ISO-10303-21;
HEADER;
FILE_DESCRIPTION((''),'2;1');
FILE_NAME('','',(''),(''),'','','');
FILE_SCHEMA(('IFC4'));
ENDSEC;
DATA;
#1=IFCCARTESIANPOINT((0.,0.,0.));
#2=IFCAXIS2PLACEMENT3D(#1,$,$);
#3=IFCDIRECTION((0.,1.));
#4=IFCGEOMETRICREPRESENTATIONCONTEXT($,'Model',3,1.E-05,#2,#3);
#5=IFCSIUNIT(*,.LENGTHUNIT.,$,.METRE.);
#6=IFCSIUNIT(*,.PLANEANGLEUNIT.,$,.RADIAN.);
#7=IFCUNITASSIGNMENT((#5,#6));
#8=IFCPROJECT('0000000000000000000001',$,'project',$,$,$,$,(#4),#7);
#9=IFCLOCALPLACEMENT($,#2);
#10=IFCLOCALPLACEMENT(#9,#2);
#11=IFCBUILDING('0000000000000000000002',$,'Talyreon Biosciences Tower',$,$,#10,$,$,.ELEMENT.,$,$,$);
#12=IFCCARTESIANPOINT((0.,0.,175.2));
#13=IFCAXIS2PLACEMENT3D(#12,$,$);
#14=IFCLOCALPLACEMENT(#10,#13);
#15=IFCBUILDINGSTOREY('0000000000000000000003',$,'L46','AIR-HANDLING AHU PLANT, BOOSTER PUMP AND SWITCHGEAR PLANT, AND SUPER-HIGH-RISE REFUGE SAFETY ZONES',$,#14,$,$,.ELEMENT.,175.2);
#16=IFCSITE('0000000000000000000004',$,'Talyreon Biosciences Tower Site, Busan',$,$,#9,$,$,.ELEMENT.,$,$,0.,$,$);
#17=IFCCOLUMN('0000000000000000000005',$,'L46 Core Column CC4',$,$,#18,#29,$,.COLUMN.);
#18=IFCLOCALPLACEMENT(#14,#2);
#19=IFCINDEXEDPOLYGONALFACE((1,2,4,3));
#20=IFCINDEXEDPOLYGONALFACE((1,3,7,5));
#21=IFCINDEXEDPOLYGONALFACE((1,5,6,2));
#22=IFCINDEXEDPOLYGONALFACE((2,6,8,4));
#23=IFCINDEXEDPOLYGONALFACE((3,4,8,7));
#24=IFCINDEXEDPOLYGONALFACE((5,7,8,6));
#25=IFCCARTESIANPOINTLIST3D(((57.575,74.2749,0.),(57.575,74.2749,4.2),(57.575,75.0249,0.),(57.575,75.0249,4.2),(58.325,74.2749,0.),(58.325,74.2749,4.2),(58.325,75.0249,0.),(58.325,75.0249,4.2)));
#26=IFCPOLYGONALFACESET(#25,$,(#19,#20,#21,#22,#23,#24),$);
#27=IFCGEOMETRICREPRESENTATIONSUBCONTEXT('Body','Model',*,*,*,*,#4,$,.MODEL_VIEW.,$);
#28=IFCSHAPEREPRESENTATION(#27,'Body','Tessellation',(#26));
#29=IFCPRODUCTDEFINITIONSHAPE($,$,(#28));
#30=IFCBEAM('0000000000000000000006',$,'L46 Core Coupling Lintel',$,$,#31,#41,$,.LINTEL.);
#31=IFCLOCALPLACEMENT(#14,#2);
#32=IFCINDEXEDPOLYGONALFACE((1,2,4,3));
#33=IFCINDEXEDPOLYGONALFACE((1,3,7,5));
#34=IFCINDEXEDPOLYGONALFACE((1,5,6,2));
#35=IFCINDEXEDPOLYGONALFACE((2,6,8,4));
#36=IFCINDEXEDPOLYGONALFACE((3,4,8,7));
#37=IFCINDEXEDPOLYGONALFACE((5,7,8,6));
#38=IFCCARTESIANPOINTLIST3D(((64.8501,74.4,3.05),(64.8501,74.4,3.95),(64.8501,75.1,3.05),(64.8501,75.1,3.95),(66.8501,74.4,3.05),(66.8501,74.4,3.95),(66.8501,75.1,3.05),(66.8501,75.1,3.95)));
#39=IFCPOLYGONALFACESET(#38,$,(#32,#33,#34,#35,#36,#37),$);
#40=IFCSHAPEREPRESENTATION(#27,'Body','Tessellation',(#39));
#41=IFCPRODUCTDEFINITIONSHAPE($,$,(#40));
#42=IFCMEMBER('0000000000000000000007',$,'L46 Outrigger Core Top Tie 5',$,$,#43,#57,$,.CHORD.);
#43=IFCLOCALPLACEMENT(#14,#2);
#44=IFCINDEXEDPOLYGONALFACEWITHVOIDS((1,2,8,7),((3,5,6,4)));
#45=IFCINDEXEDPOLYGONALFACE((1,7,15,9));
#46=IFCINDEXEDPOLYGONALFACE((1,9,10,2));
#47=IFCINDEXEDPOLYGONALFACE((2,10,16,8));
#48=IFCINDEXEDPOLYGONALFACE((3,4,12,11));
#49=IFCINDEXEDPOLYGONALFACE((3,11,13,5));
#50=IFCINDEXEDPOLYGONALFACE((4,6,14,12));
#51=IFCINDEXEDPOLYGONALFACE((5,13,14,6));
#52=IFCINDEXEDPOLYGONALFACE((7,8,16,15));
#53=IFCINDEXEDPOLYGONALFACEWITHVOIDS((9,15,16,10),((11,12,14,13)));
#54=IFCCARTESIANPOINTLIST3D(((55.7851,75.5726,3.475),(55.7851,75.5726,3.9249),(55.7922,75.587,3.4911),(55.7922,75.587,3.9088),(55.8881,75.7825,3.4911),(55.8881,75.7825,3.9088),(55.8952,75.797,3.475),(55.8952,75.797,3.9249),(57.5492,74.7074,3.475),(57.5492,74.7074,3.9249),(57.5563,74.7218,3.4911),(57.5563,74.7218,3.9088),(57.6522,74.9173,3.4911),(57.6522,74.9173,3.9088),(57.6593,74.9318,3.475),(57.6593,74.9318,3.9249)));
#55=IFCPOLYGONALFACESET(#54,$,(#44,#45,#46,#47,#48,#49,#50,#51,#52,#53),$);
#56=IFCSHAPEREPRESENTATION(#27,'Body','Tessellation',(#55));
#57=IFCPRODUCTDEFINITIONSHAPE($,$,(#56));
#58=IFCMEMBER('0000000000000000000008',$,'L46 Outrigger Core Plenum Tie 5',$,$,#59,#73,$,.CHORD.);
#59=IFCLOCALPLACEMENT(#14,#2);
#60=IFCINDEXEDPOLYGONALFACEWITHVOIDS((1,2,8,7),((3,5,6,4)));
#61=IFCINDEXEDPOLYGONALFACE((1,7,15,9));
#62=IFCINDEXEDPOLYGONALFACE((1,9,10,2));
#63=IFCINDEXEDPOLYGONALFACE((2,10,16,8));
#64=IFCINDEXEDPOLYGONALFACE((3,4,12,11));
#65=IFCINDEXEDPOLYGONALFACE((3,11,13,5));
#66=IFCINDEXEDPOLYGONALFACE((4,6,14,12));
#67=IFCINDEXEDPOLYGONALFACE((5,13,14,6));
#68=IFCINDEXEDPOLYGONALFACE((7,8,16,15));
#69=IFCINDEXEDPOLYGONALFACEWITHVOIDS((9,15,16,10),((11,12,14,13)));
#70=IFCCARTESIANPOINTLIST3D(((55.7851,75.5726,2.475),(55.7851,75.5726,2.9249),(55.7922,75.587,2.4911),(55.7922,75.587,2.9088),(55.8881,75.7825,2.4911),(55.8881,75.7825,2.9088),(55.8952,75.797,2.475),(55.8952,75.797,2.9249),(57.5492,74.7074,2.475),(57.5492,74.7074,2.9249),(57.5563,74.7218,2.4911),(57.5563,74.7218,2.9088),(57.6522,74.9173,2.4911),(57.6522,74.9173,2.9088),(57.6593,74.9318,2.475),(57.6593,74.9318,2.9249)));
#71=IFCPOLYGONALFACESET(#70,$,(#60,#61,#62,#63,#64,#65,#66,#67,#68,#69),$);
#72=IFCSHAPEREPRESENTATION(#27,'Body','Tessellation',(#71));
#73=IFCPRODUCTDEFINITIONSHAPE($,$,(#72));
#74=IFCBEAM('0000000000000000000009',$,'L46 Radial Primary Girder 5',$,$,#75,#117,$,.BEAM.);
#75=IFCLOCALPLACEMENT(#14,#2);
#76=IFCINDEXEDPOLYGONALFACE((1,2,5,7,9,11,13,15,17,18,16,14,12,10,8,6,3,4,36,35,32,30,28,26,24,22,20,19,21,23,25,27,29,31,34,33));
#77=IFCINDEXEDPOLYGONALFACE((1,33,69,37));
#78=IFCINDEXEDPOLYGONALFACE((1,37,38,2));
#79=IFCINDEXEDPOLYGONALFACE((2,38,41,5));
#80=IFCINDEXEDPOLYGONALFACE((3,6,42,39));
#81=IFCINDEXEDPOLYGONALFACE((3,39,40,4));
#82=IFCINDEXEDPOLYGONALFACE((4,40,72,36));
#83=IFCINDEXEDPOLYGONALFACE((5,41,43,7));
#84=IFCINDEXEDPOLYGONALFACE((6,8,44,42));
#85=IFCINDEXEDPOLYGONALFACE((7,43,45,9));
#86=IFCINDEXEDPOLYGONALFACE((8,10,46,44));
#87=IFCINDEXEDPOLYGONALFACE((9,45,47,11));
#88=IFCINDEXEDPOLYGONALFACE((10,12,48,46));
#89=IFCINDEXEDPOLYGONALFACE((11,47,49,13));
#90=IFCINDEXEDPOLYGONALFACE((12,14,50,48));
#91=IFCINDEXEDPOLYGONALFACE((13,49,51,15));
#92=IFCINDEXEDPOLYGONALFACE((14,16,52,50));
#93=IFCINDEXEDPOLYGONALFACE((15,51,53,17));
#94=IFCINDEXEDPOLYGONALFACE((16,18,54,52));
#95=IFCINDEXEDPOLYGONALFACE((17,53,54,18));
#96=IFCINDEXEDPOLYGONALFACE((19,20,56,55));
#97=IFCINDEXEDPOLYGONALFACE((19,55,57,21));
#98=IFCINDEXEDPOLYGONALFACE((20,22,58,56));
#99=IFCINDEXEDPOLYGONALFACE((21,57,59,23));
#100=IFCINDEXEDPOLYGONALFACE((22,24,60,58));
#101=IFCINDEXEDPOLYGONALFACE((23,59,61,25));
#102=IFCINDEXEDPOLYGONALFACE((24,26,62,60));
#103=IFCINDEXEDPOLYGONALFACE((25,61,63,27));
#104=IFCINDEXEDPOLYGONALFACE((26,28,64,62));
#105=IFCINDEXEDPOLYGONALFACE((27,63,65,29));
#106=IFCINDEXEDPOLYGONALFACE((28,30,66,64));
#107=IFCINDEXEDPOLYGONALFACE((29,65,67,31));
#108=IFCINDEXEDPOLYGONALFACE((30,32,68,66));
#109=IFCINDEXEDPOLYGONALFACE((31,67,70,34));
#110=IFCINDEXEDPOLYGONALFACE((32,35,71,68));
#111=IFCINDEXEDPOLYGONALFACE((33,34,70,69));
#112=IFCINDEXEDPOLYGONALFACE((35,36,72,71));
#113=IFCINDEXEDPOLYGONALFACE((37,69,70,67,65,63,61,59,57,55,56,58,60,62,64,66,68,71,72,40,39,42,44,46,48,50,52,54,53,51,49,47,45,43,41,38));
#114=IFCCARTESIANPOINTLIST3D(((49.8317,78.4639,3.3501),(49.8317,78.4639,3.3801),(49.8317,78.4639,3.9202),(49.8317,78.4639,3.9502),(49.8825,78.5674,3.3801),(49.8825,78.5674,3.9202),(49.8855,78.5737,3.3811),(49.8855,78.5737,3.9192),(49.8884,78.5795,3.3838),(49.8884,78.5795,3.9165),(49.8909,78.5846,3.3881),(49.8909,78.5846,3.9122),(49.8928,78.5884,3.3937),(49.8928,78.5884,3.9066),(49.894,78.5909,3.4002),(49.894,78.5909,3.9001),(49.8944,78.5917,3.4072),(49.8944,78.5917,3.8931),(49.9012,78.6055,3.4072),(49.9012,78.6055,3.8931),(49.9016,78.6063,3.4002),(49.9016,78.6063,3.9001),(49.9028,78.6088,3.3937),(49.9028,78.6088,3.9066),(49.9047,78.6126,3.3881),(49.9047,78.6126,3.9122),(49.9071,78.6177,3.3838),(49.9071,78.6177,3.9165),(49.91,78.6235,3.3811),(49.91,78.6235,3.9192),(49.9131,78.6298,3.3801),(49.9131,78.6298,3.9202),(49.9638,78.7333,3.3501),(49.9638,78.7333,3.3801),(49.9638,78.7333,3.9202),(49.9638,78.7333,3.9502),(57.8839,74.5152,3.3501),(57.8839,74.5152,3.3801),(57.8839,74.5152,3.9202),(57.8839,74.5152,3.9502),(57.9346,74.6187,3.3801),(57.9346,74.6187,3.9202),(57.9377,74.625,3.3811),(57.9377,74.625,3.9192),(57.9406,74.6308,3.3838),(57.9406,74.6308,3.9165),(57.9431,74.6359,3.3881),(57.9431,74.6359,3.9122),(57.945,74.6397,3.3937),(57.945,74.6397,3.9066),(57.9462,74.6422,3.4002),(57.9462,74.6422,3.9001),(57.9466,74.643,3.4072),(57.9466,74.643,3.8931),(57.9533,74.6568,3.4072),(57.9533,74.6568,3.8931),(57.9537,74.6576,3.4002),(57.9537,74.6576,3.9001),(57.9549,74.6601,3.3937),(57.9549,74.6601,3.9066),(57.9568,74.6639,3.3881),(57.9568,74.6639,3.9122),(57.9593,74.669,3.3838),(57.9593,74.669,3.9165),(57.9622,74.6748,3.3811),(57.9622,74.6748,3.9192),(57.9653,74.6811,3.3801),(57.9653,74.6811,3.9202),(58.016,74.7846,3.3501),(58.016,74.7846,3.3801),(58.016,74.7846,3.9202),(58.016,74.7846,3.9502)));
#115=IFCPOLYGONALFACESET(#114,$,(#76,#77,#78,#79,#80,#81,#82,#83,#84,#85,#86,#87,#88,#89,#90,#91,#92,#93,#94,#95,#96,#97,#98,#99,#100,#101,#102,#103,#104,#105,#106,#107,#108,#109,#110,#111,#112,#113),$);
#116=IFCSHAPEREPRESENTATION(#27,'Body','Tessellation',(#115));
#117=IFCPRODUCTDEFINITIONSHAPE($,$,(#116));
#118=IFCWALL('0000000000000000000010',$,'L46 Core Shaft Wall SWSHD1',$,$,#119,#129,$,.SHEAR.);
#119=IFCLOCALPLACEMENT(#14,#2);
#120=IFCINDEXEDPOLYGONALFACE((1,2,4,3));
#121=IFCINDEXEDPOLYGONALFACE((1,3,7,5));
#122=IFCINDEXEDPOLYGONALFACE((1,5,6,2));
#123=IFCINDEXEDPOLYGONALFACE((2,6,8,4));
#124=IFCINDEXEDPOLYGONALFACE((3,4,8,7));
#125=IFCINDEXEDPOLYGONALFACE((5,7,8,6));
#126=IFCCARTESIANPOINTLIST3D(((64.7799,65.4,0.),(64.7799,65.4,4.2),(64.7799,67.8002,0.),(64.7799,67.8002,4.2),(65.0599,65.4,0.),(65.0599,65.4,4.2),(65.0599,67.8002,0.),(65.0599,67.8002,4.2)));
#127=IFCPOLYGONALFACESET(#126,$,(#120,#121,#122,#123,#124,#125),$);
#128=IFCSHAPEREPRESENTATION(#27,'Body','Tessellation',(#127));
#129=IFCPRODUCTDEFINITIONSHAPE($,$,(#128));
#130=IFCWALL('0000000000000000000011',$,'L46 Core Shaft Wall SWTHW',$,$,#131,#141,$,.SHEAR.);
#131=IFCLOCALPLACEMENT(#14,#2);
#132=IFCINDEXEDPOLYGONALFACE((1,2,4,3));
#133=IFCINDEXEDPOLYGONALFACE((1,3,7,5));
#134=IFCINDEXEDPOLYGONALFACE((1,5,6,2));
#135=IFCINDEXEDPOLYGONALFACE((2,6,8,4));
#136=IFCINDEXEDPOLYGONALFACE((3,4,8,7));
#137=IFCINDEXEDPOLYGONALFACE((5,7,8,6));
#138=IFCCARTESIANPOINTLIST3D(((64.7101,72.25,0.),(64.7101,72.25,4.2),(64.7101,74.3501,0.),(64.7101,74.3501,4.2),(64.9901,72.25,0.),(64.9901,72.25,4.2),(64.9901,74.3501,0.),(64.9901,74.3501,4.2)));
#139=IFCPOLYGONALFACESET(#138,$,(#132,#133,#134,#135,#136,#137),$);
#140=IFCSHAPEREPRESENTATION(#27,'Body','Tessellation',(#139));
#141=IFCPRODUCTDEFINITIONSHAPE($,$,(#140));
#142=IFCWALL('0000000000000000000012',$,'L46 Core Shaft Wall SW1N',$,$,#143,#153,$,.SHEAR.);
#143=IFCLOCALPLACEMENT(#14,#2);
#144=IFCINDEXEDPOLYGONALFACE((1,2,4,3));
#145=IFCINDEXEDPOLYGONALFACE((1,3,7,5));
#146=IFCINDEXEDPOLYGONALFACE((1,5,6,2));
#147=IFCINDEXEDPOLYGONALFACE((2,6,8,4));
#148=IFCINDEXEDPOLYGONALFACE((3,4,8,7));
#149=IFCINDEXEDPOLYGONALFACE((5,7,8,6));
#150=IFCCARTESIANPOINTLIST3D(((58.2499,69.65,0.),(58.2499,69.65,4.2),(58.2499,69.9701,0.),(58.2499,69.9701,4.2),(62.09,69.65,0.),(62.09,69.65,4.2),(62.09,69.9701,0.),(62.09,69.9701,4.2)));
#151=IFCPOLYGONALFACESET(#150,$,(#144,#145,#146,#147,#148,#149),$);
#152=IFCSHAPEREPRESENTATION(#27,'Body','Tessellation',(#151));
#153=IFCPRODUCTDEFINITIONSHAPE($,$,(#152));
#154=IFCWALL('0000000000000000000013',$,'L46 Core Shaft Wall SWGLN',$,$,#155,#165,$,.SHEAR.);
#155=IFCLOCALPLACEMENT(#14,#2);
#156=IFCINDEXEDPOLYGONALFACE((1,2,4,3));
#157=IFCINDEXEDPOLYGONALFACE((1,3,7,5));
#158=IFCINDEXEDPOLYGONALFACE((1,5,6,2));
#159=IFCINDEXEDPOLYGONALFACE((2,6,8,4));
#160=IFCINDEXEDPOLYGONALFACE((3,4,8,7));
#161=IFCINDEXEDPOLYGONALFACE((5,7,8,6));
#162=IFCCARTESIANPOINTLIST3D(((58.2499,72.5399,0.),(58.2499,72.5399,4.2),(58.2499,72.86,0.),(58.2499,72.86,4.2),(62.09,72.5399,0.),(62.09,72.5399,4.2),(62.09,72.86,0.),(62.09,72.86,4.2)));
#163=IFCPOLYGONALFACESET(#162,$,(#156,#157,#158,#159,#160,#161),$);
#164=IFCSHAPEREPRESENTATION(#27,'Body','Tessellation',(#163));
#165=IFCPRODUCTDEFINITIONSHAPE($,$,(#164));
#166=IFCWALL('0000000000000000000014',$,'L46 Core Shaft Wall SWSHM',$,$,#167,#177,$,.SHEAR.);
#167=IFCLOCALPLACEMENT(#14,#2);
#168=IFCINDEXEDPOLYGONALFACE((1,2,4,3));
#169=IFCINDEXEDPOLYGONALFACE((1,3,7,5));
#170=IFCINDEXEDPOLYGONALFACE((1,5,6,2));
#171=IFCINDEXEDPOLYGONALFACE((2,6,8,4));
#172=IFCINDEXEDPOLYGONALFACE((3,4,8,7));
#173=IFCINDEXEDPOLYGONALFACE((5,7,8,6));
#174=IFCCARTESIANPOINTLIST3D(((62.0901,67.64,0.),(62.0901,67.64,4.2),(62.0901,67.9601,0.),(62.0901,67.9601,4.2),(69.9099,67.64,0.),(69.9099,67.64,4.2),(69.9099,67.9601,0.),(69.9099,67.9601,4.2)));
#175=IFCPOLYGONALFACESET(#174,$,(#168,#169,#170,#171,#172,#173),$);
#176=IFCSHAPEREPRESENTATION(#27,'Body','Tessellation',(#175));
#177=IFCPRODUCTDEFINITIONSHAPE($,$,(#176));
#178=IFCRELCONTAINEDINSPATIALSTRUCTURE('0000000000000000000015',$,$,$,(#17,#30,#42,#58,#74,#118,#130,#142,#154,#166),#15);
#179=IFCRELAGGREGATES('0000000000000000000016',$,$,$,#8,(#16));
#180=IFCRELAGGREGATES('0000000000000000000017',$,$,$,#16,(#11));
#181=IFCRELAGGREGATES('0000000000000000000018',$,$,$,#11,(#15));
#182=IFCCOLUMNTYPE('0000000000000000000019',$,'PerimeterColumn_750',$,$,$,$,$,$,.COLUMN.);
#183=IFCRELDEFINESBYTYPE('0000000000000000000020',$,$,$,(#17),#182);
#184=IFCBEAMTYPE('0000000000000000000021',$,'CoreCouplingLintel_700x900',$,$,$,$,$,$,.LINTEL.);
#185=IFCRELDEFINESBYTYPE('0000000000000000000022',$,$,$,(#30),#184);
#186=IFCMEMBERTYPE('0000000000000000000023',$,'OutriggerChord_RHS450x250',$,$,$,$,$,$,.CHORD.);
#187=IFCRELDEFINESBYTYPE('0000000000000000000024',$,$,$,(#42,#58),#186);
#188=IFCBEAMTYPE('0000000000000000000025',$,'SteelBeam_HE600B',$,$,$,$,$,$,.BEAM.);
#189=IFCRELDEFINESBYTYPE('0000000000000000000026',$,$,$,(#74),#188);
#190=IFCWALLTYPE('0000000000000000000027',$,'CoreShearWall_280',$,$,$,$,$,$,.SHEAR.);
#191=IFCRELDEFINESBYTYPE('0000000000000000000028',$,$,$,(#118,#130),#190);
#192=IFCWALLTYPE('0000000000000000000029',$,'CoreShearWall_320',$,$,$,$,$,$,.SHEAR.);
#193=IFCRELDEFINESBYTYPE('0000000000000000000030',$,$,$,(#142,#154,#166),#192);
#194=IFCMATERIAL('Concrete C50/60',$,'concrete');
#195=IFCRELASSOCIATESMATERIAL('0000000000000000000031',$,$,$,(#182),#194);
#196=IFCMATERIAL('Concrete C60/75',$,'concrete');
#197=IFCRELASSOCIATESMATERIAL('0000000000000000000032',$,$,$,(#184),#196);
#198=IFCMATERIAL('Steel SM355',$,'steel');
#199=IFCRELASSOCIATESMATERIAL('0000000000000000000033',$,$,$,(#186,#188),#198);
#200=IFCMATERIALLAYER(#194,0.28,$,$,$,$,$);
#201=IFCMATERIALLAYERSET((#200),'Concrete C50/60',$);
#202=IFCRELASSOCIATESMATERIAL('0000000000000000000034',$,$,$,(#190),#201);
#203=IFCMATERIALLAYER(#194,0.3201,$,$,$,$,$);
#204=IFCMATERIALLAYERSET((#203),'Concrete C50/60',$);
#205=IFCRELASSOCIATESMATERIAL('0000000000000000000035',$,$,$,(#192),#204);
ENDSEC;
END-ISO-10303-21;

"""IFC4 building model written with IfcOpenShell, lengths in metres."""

from ifc_helpers import new_model, si_unit, direction, frame, frame_2d, origin, origin_2d, place, context, subcontext, project, spatial, rectangle, hollow_rectangle, i_section, extrude, material, layer, layer_set, material_profile, profile_set, type_object, element, save


model = new_model("IFC4")

# Units and contexts
model_context = context("Model", 3, precision=1e-05, world=origin(), true_north=direction((0.0, 1.0)))
body_context = subcontext(model_context, "Body", "Model", "MODEL_VIEW")
ifc_project = project(units=[si_unit("LENGTHUNIT", "METRE"), si_unit("PLANEANGLEUNIT", "RADIAN")], contexts=[model_context])

# Site, building, storey
site_placement = place(None, origin())
site = spatial("IfcSite", under=ifc_project, at=site_placement, Name="Talyreon Biosciences Tower Site, Busan", CompositionType="ELEMENT", RefElevation=0.0)
building_placement = place(site_placement, origin())
building = spatial("IfcBuilding", under=site, at=building_placement, Name="Talyreon Biosciences Tower", CompositionType="ELEMENT")
storey_placement = place(building_placement, frame((0.0, 0.0, 175.2)))
storey = spatial("IfcBuildingStorey", under=building, at=storey_placement, Name="L46", Description="AIR-HANDLING AHU PLANT, BOOSTER PUMP AND SWITCHGEAR PLANT, AND SUPER-HIGH-RISE REFUGE SAFETY ZONES", CompositionType="ELEMENT", Elevation=175.2)

# Column
ifc_material_1 = material(Name="Concrete C50/60", Category="concrete")
ifc_material_profile_1 = material_profile(ifc_material_1, rectangle(XDim=0.75, YDim=0.75, at=origin_2d()), Name="RC 750x750")
ifc_profile_set_1 = profile_set([ifc_material_profile_1], Name="Concrete C50/60")
column_type = type_object("IfcColumnType", Name="PerimeterColumn_750", PredefinedType="COLUMN", material=ifc_profile_set_1)
column_placement = place(storey_placement, frame((57.95, 74.6499, 0.0), z_axis=(0.0, 0.0, 1.0), x_axis=(1.0, 0.0, 0.0)))
element("IfcColumn", 1, at=column_placement, inside=storey, type_object=column_type, Name="L46 Core Column CC4", PredefinedType="COLUMN", context=body_context, shape_type="SweptSolid", body=[
    extrude(rectangle(XDim=0.75, YDim=0.75, at=origin_2d()), origin(), (0.0, 0.0, 1.0), 4.2),
])

# Beam
ifc_material_2 = material(Name="Concrete C60/75", Category="concrete")
ifc_material_profile_2 = material_profile(ifc_material_2, rectangle(XDim=0.7, YDim=0.8999, at=origin_2d()), Name="RCB 700x900")
ifc_profile_set_2 = profile_set([ifc_material_profile_2], Name="Concrete C60/75")
beam_type_1 = type_object("IfcBeamType", Name="CoreCouplingLintel_700x900", PredefinedType="LINTEL", material=ifc_profile_set_2)
beam_1_placement = place(storey_placement, frame((64.8501, 74.75, 3.5), z_axis=(1.0, 0.0, 0.0), x_axis=(0.0, 1.0, 0.0)))
element("IfcBeam", 2, at=beam_1_placement, inside=storey, type_object=beam_type_1, Name="L46 Core Coupling Lintel", PredefinedType="LINTEL", context=body_context, shape_type="SweptSolid", body=[
    extrude(rectangle(XDim=0.7, YDim=0.8999, at=origin_2d()), origin(), (0.0, 0.0, 1.0), 2.0),
])

# Members
ifc_material_3 = material(Name="Steel SM355", Category="steel")
ifc_material_profile_3 = material_profile(ifc_material_3, hollow_rectangle(XDim=0.25, YDim=0.45, WallThickness=0.0161, at=origin_2d()), Name="RHS 450x250x16")
ifc_profile_set_3 = profile_set([ifc_material_profile_3], Name="Steel SM355")
member_type = type_object("IfcMemberType", Name="OutriggerChord_RHS450x250", PredefinedType="CHORD", material=ifc_profile_set_3)
for number, where, z_axis, x_axis, name in (
    (3, (57.6042, 74.8196, 3.7), (-0.89783, 0.440342, 0.0), (-0.440342, -0.89783, 0.0), "L46 Outrigger Core Top Tie 5"),
    (4, (57.6042, 74.8196, 2.7), (-0.89783, 0.440342, 0.0), (-0.440342, -0.89783, 0.0), "L46 Outrigger Core Plenum Tie 5"),
):
    element("IfcMember", number, at=place(storey_placement, frame(where, z_axis=z_axis, x_axis=x_axis)), inside=storey, type_object=member_type, Name=name, PredefinedType="CHORD", context=body_context, shape_type="SweptSolid", body=[
        extrude(hollow_rectangle(XDim=0.25, YDim=0.45, WallThickness=0.0161, at=origin_2d()), origin(), (0.0, 0.0, 1.0), 1.9648),
    ])

# Beam
ifc_material_profile_4 = material_profile(ifc_material_3, i_section(OverallWidth=0.3, OverallDepth=0.6001, WebThickness=0.0154, FlangeThickness=0.03, FilletRadius=0.0271, at=origin_2d()), Name="HE600B")
ifc_profile_set_4 = profile_set([ifc_material_profile_4], Name="Steel SM355")
beam_type_2 = type_object("IfcBeamType", Name="SteelBeam_HE600B", PredefinedType="BEAM", material=ifc_profile_set_4)
beam_2_placement = place(storey_placement, frame((57.95, 74.6499, 3.6501), z_axis=(-0.897852, 0.440297, 0.0), x_axis=(-0.440297, -0.897852, 0.0)))
element("IfcBeam", 5, at=beam_2_placement, inside=storey, type_object=beam_type_2, Name="L46 Radial Primary Girder 5", PredefinedType="BEAM", context=body_context, shape_type="SweptSolid", body=[
    extrude(i_section(OverallWidth=0.3, OverallDepth=0.6001, WebThickness=0.0154, FlangeThickness=0.03, FilletRadius=0.0271, at=origin_2d()), origin(), (0.0, 0.0, 1.0), 8.9683),
])

# Walls
ifc_layer_1 = layer(ifc_material_1, 0.28)
ifc_layer_set_1 = layer_set([ifc_layer_1], Name="Concrete C50/60")
wall_type_1 = type_object("IfcWallType", Name="CoreShearWall_280", PredefinedType="SHEAR", material=ifc_layer_set_1)
wall_1_placement = place(storey_placement, frame((64.9199, 65.3999, 0.0), z_axis=(0.0, 0.0, 1.0), x_axis=(0.0, 1.0, 0.0)))
element("IfcWall", 6, at=wall_1_placement, inside=storey, type_object=wall_type_1, Name="L46 Core Shaft Wall SWSHD1", PredefinedType="SHEAR", context=body_context, shape_type="SweptSolid", body=[
    extrude(rectangle(XDim=2.4001, YDim=0.28, at=frame_2d((1.2002, 0.0))), origin(), (0.0, 0.0, 1.0), 4.2),
])
wall_2_placement = place(storey_placement, frame((64.8501, 72.25, 0.0), z_axis=(0.0, 0.0, 1.0), x_axis=(0.0, 1.0, 0.0)))
element("IfcWall", 7, at=wall_2_placement, inside=storey, type_object=wall_type_1, Name="L46 Core Shaft Wall SWTHW", PredefinedType="SHEAR", context=body_context, shape_type="SweptSolid", body=[
    extrude(rectangle(XDim=2.1001, YDim=0.28, at=frame_2d((1.05, 0.0))), origin(), (0.0, 0.0, 1.0), 4.2),
])
ifc_layer_2 = layer(ifc_material_1, 0.3201)
ifc_layer_set_2 = layer_set([ifc_layer_2], Name="Concrete C50/60")
wall_type_2 = type_object("IfcWallType", Name="CoreShearWall_320", PredefinedType="SHEAR", material=ifc_layer_set_2)
for number, where, z_axis, x_axis, name in (
    (8, (58.25, 69.8101, 0.0), (0.0, 0.0, 1.0), (1.0, 0.0, 0.0), "L46 Core Shaft Wall SW1N"),
    (9, (58.25, 72.7, 0.0), (0.0, 0.0, 1.0), (1.0, 0.0, 0.0), "L46 Core Shaft Wall SWGLN"),
):
    element("IfcWall", number, at=place(storey_placement, frame(where, z_axis=z_axis, x_axis=x_axis)), inside=storey, type_object=wall_type_2, Name=name, PredefinedType="SHEAR", context=body_context, shape_type="SweptSolid", body=[
        extrude(rectangle(XDim=3.8401, YDim=0.3201, at=frame_2d((1.9199, 0.0))), origin(), (0.0, 0.0, 1.0), 4.2),
    ])
wall_3_placement = place(storey_placement, frame((62.0901, 67.8, 0.0), z_axis=(0.0, 0.0, 1.0), x_axis=(1.0, 0.0, 0.0)))
element("IfcWall", 10, at=wall_3_placement, inside=storey, type_object=wall_type_2, Name="L46 Core Shaft Wall SWSHM", PredefinedType="SHEAR", context=body_context, shape_type="SweptSolid", body=[
    extrude(rectangle(XDim=7.8198, YDim=0.3201, at=frame_2d((3.9099, 0.0))), origin(), (0.0, 0.0, 1.0), 4.2),
])

save(model, "model.ifc")
